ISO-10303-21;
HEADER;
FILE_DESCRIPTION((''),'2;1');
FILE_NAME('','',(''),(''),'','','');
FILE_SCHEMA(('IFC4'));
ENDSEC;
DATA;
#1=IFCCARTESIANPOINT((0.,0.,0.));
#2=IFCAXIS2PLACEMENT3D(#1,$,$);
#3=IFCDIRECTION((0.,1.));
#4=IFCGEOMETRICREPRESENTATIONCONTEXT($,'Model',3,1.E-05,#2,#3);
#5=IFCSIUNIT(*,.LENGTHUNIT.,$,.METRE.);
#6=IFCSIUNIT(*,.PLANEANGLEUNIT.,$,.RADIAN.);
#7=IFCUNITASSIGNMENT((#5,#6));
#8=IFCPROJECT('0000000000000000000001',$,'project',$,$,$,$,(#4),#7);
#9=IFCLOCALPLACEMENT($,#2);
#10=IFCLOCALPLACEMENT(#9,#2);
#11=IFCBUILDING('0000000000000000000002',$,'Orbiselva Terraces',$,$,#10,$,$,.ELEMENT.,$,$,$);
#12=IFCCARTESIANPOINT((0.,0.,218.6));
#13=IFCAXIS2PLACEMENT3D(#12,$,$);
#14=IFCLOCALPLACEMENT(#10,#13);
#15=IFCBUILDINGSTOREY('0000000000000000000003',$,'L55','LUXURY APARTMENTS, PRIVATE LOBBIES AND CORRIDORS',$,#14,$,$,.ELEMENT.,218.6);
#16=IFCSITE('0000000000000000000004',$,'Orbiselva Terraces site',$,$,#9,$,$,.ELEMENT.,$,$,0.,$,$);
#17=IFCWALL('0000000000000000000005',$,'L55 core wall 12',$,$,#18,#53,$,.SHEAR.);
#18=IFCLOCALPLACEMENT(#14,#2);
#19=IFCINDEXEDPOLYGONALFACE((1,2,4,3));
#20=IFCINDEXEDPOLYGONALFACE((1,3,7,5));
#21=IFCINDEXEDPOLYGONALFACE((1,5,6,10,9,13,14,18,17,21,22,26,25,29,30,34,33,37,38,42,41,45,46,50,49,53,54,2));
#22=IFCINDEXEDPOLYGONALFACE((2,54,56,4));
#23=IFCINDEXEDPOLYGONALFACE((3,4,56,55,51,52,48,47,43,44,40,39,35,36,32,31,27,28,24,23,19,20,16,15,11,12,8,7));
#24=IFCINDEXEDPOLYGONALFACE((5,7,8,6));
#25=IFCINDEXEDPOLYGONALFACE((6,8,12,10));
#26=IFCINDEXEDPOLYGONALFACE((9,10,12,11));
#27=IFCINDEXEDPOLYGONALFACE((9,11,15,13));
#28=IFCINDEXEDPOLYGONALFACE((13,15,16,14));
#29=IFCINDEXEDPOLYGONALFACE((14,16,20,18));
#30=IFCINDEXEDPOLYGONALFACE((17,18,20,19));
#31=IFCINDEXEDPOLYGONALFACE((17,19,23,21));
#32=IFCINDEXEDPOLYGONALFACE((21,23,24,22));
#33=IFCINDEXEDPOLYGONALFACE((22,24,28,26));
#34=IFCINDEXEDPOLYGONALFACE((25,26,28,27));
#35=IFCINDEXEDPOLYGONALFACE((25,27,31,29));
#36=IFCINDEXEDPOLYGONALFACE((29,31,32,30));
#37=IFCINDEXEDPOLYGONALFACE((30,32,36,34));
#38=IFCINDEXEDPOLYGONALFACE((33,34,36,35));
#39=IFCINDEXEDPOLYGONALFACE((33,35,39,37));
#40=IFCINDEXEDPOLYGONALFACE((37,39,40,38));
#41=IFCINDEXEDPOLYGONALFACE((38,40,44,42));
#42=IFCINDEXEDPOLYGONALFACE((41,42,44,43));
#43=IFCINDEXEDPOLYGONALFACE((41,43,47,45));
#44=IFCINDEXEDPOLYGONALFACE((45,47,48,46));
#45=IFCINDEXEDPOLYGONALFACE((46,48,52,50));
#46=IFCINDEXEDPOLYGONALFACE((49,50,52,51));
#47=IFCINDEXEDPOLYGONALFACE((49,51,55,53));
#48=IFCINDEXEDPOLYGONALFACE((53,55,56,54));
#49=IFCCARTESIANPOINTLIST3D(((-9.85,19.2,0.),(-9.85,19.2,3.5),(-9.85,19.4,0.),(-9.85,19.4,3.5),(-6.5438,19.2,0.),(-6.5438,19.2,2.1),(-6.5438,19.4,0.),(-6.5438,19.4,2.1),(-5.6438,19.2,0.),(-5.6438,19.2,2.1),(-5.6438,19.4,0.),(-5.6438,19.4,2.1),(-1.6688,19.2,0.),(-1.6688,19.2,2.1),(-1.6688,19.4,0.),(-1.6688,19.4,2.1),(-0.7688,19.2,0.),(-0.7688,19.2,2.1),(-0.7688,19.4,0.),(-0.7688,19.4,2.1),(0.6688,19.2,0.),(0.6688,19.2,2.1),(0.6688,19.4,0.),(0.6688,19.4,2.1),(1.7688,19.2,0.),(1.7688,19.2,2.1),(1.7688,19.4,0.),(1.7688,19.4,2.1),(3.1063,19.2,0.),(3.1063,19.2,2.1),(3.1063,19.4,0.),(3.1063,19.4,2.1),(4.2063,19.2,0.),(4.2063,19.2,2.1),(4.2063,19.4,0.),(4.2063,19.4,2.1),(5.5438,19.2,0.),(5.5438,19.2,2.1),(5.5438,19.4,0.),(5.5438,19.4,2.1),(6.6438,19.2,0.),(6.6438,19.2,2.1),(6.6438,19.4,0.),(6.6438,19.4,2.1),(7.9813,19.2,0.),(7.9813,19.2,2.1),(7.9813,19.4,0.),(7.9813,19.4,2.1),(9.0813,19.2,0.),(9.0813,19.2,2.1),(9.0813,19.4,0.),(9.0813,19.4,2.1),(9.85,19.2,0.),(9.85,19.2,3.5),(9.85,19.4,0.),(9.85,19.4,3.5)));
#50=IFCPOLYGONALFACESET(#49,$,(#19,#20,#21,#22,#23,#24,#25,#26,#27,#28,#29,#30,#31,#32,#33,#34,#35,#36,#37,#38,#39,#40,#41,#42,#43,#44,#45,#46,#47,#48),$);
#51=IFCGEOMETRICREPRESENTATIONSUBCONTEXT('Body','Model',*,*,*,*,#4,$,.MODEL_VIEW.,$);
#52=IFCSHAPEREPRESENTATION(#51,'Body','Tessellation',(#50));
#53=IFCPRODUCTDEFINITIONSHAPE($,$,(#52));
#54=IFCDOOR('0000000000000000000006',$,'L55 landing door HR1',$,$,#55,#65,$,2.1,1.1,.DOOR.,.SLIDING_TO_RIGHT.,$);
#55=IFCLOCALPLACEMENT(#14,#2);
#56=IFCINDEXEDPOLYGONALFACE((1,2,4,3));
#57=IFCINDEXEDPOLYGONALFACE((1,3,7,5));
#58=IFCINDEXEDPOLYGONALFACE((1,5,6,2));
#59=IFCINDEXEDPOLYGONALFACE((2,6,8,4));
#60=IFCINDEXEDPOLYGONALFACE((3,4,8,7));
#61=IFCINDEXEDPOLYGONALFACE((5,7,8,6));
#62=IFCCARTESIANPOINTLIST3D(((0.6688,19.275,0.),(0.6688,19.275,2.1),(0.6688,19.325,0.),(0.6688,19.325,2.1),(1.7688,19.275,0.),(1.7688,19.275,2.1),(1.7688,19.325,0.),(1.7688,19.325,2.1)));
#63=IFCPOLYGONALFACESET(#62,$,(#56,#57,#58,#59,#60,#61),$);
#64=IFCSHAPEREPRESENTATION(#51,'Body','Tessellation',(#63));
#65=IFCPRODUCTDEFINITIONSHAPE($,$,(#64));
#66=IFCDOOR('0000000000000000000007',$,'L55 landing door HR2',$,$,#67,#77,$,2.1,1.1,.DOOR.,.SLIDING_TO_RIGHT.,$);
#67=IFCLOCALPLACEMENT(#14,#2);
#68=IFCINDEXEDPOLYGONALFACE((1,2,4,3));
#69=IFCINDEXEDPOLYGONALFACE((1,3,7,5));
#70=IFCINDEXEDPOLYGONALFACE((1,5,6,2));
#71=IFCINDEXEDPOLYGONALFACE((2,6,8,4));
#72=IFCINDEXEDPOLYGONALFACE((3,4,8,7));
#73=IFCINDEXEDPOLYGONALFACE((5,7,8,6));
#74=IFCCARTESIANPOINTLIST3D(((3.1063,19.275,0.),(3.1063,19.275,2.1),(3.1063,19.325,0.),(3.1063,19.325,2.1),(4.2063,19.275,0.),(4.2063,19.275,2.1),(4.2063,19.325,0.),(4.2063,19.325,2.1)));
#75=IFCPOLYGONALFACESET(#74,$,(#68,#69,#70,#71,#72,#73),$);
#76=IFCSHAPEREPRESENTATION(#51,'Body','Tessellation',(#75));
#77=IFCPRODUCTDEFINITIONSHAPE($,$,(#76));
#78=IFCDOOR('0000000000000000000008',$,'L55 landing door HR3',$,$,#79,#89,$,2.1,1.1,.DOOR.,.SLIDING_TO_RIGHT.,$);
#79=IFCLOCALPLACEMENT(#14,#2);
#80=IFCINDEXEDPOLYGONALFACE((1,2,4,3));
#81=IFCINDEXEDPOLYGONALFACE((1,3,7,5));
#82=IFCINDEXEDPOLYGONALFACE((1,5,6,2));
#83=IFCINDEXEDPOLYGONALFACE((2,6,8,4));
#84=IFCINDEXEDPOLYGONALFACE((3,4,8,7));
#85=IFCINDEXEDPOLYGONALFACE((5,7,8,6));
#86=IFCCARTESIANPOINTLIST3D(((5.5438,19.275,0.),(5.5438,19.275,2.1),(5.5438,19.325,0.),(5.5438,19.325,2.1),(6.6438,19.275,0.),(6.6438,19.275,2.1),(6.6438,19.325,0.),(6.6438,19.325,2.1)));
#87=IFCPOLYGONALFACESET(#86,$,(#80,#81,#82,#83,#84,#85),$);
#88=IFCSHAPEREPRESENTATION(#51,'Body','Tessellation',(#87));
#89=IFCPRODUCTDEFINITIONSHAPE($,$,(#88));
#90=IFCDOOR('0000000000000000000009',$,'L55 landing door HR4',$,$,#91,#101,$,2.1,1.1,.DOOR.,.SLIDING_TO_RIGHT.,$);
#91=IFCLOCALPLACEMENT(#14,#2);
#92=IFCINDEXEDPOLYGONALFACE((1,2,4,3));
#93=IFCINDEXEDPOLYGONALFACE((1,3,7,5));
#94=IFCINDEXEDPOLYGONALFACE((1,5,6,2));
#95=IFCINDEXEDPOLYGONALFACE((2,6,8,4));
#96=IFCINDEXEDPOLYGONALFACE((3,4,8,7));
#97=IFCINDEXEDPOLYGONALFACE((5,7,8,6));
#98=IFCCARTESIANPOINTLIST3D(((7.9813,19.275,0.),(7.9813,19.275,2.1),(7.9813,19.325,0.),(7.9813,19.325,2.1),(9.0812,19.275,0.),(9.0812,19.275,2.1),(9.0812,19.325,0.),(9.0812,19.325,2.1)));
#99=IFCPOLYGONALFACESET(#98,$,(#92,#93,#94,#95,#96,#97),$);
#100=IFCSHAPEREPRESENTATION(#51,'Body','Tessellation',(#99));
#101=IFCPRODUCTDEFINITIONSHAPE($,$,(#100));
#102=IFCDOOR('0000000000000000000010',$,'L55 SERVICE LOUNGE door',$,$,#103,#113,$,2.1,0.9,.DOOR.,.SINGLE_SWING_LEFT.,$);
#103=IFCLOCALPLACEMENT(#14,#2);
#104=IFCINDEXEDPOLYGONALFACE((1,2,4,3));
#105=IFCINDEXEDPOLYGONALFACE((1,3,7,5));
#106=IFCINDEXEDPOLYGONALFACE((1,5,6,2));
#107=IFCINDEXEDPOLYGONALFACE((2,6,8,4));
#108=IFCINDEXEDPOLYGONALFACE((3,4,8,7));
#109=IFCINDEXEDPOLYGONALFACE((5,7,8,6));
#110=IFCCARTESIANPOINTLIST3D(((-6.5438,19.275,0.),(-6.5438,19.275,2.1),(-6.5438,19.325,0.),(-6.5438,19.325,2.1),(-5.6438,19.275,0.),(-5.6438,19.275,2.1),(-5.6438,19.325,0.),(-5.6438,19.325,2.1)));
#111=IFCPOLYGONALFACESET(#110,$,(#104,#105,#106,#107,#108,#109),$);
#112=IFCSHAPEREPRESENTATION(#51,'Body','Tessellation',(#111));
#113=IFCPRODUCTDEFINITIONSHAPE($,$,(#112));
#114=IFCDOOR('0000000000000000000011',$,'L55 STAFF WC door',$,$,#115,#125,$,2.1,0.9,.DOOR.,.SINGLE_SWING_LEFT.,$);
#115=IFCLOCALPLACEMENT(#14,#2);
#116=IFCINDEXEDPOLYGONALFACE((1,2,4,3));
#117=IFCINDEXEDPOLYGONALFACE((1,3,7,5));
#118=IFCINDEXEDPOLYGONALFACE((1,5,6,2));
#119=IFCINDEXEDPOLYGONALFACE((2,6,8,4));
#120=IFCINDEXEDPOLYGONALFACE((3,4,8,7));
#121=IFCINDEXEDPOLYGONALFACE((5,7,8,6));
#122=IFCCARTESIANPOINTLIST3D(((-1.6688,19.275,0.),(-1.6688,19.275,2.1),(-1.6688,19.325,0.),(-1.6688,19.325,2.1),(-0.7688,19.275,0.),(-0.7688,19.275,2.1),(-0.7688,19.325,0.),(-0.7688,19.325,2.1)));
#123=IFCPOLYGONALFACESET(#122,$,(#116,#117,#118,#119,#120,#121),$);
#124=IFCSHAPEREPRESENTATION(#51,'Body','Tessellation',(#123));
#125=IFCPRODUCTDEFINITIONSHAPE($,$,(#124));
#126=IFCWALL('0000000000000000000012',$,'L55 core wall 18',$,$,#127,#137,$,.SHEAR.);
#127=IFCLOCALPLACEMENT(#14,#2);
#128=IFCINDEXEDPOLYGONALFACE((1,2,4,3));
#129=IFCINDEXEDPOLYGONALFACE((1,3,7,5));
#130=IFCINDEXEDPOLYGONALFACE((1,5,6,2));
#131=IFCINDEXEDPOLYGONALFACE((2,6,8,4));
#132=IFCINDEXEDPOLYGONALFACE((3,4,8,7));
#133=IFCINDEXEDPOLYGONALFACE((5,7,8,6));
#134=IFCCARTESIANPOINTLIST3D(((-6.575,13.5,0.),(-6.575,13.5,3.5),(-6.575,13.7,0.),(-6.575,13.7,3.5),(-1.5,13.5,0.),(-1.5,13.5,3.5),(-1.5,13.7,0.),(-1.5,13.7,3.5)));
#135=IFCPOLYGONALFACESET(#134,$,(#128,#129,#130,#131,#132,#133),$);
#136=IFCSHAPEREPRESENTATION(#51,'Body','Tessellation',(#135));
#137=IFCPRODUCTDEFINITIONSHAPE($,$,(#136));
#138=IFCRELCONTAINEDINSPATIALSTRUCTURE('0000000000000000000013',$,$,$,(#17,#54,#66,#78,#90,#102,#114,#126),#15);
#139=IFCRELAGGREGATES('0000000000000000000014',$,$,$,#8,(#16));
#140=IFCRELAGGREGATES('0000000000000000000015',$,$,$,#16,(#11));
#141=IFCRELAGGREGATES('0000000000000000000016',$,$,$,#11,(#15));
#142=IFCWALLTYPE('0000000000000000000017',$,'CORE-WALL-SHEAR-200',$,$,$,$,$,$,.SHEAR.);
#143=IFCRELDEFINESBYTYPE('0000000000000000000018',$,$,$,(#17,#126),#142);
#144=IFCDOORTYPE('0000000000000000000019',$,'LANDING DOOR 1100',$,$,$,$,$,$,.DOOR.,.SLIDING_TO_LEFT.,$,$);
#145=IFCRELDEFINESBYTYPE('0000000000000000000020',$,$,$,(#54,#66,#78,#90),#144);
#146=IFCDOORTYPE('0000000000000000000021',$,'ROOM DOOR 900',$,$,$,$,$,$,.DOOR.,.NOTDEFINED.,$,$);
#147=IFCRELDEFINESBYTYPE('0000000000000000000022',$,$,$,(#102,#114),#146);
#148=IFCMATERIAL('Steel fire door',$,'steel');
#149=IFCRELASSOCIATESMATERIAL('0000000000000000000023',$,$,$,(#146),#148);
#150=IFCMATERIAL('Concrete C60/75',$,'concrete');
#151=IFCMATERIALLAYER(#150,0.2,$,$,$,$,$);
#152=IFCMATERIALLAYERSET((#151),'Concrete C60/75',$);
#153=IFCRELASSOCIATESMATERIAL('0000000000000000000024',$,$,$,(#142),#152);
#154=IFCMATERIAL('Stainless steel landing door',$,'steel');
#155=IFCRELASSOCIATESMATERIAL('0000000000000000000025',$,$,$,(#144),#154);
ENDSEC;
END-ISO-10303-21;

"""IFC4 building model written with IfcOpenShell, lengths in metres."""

from ifc_helpers import new_model, si_unit, direction, frame, frame_2d, origin, place, context, subcontext, project, spatial, rectangle, extrude, material, layer, layer_set, type_object, element, fill, save


model = new_model("IFC4")

# Units and contexts
model_context = context("Model", 3, precision=1e-05, world=origin(), true_north=direction((0.0, 1.0)))
body_context = subcontext(model_context, "Body", "Model", "MODEL_VIEW")
ifc_project = project(units=[si_unit("LENGTHUNIT", "METRE"), si_unit("PLANEANGLEUNIT", "RADIAN")], contexts=[model_context])

# Site, building, storey
site_placement = place(None, origin())
site = spatial("IfcSite", under=ifc_project, at=site_placement, Name="Orbiselva Terraces site", CompositionType="ELEMENT", RefElevation=0.0)
building_placement = place(site_placement, origin())
building = spatial("IfcBuilding", under=site, at=building_placement, Name="Orbiselva Terraces", CompositionType="ELEMENT")
storey_placement = place(building_placement, frame((0.0, 0.0, 218.6)))
storey = spatial("IfcBuildingStorey", under=building, at=storey_placement, Name="L55", Description="LUXURY APARTMENTS, PRIVATE LOBBIES AND CORRIDORS", CompositionType="ELEMENT", Elevation=218.6)

# Shared definitions
ifc_material_1 = material(Name="Steel fire door", Category="steel")
door_type_1 = type_object("IfcDoorType", Name="ROOM DOOR 900", OperationType="NOTDEFINED", PredefinedType="DOOR", material=ifc_material_1)

# Shared definitions
ifc_material_2 = material(Name="Concrete C60/75", Category="concrete")
ifc_layer_1 = layer(ifc_material_2, 0.2)
ifc_layer_set_1 = layer_set([ifc_layer_1], Name="Concrete C60/75")
wall_type_1 = type_object("IfcWallType", Name="CORE-WALL-SHEAR-200", PredefinedType="SHEAR", material=ifc_layer_set_1)

# Wall, openings, doors
wall_1_placement = place(storey_placement, frame((-9.85, 19.3, 0.0), z_axis=(0.0, 0.0, 1.0), x_axis=(1.0, 0.0, 0.0)))
wall_1 = element("IfcWall", 1, at=wall_1_placement, inside=storey, type_object=wall_type_1, Name="L55 core wall 12", PredefinedType="SHEAR", context=body_context, shape_type="SweptSolid", body=[
    extrude(rectangle(XDim=19.7, YDim=0.2, at=frame_2d((9.85, 0.0))), origin(), (0.0, 0.0, 1.0), 3.5),
])
opening_1_placement = place(wall_1_placement, frame((10.5188, 0.0, 0.0)))
opening_1 = element("IfcOpeningElement", 2, at=opening_1_placement, cuts=wall_1, PredefinedType="OPENING", context=body_context, shape_type="SweptSolid", body=[
    extrude(rectangle(XDim=1.1, YDim=2.1, at=frame_2d((0.55, 1.05))), frame((0.0, 0.11, 0.0), z_axis=(0.0, -1.0, 0.0), x_axis=(1.0, 0.0, 0.0)), (0.0, 0.0, 1.0), 0.22),
])
opening_2_placement = place(wall_1_placement, frame((12.9563, 0.0, 0.0)))
opening_2 = element("IfcOpeningElement", 3, at=opening_2_placement, cuts=wall_1, PredefinedType="OPENING", context=body_context, shape_type="SweptSolid", body=[
    extrude(rectangle(XDim=1.1, YDim=2.1, at=frame_2d((0.55, 1.05))), frame((0.0, 0.11, 0.0), z_axis=(0.0, -1.0, 0.0), x_axis=(1.0, 0.0, 0.0)), (0.0, 0.0, 1.0), 0.22),
])
opening_3_placement = place(wall_1_placement, frame((15.3938, 0.0, 0.0)))
opening_3 = element("IfcOpeningElement", 4, at=opening_3_placement, cuts=wall_1, PredefinedType="OPENING", context=body_context, shape_type="SweptSolid", body=[
    extrude(rectangle(XDim=1.1, YDim=2.1, at=frame_2d((0.55, 1.05))), frame((0.0, 0.11, 0.0), z_axis=(0.0, -1.0, 0.0), x_axis=(1.0, 0.0, 0.0)), (0.0, 0.0, 1.0), 0.22),
])
opening_4_placement = place(wall_1_placement, frame((17.8313, 0.0, 0.0)))
opening_4 = element("IfcOpeningElement", 5, at=opening_4_placement, cuts=wall_1, PredefinedType="OPENING", context=body_context, shape_type="SweptSolid", body=[
    extrude(rectangle(XDim=1.1, YDim=2.1, at=frame_2d((0.55, 1.05))), frame((0.0, 0.11, 0.0), z_axis=(0.0, -1.0, 0.0), x_axis=(1.0, 0.0, 0.0)), (0.0, 0.0, 1.0), 0.22),
])
opening_5_placement = place(wall_1_placement, frame((3.3062, 0.0, 0.0)))
opening_5 = element("IfcOpeningElement", 6, at=opening_5_placement, cuts=wall_1, PredefinedType="OPENING", context=body_context, shape_type="SweptSolid", body=[
    extrude(rectangle(XDim=0.9, YDim=2.1, at=frame_2d((0.45, 1.05))), frame((0.0, 0.11, 0.0), z_axis=(0.0, -1.0, 0.0), x_axis=(1.0, 0.0, 0.0)), (0.0, 0.0, 1.0), 0.22),
])
opening_6_placement = place(wall_1_placement, frame((8.1812, 0.0, 0.0)))
opening_6 = element("IfcOpeningElement", 7, at=opening_6_placement, cuts=wall_1, PredefinedType="OPENING", context=body_context, shape_type="SweptSolid", body=[
    extrude(rectangle(XDim=0.9, YDim=2.1, at=frame_2d((0.45, 1.05))), frame((0.0, 0.11, 0.0), z_axis=(0.0, -1.0, 0.0), x_axis=(1.0, 0.0, 0.0)), (0.0, 0.0, 1.0), 0.22),
])
ifc_material_3 = material(Name="Stainless steel landing door", Category="steel")
door_type_2 = type_object("IfcDoorType", Name="LANDING DOOR 1100", OperationType="SLIDING_TO_LEFT", PredefinedType="DOOR", material=ifc_material_3)
door_1_placement = place(opening_1_placement, origin())
door_1 = element("IfcDoor", 8, at=door_1_placement, inside=storey, type_object=door_type_2, Name="L55 landing door HR1", OperationType="SLIDING_TO_RIGHT", OverallHeight=2.1, OverallWidth=1.1, PredefinedType="DOOR", context=body_context, shape_type="SweptSolid", body=[
    extrude(rectangle(XDim=1.1, YDim=2.1, at=frame_2d((0.55, 1.05))), frame((0.0, 0.025, 0.0), z_axis=(0.0, -1.0, 0.0), x_axis=(1.0, 0.0, 0.0)), (0.0, 0.0, 1.0), 0.05),
])
fill(opening_1, door_1)
door_2_placement = place(opening_2_placement, origin())
door_2 = element("IfcDoor", 9, at=door_2_placement, inside=storey, type_object=door_type_2, Name="L55 landing door HR2", OperationType="SLIDING_TO_RIGHT", OverallHeight=2.1, OverallWidth=1.1, PredefinedType="DOOR", context=body_context, shape_type="SweptSolid", body=[
    extrude(rectangle(XDim=1.1, YDim=2.1, at=frame_2d((0.55, 1.05))), frame((0.0, 0.025, 0.0), z_axis=(0.0, -1.0, 0.0), x_axis=(1.0, 0.0, 0.0)), (0.0, 0.0, 1.0), 0.05),
])
fill(opening_2, door_2)
door_3_placement = place(opening_3_placement, origin())
door_3 = element("IfcDoor", 10, at=door_3_placement, inside=storey, type_object=door_type_2, Name="L55 landing door HR3", OperationType="SLIDING_TO_RIGHT", OverallHeight=2.1, OverallWidth=1.1, PredefinedType="DOOR", context=body_context, shape_type="SweptSolid", body=[
    extrude(rectangle(XDim=1.1, YDim=2.1, at=frame_2d((0.55, 1.05))), frame((0.0, 0.025, 0.0), z_axis=(0.0, -1.0, 0.0), x_axis=(1.0, 0.0, 0.0)), (0.0, 0.0, 1.0), 0.05),
])
fill(opening_3, door_3)
door_4_placement = place(opening_4_placement, origin())
door_4 = element("IfcDoor", 11, at=door_4_placement, inside=storey, type_object=door_type_2, Name="L55 landing door HR4", OperationType="SLIDING_TO_RIGHT", OverallHeight=2.1, OverallWidth=1.1, PredefinedType="DOOR", context=body_context, shape_type="SweptSolid", body=[
    extrude(rectangle(XDim=1.1, YDim=2.1, at=frame_2d((0.55, 1.05))), frame((0.0, 0.025, 0.0), z_axis=(0.0, -1.0, 0.0), x_axis=(1.0, 0.0, 0.0)), (0.0, 0.0, 1.0), 0.05),
])
fill(opening_4, door_4)
door_5_placement = place(opening_5_placement, origin())
door_5 = element("IfcDoor", 12, at=door_5_placement, inside=storey, type_object=door_type_1, Name="L55 SERVICE LOUNGE door", OperationType="SINGLE_SWING_LEFT", OverallHeight=2.1, OverallWidth=0.9, PredefinedType="DOOR", context=body_context, shape_type="SweptSolid", body=[
    extrude(rectangle(XDim=0.9, YDim=2.1, at=frame_2d((0.45, 1.05))), frame((0.0, 0.025, 0.0), z_axis=(0.0, -1.0, 0.0), x_axis=(1.0, 0.0, 0.0)), (0.0, 0.0, 1.0), 0.05),
])
fill(opening_5, door_5)
door_6_placement = place(opening_6_placement, origin())
door_6 = element("IfcDoor", 13, at=door_6_placement, inside=storey, type_object=door_type_1, Name="L55 STAFF WC door", OperationType="SINGLE_SWING_LEFT", OverallHeight=2.1, OverallWidth=0.9, PredefinedType="DOOR", context=body_context, shape_type="SweptSolid", body=[
    extrude(rectangle(XDim=0.9, YDim=2.1, at=frame_2d((0.45, 1.05))), frame((0.0, 0.025, 0.0), z_axis=(0.0, -1.0, 0.0), x_axis=(1.0, 0.0, 0.0)), (0.0, 0.0, 1.0), 0.05),
])
fill(opening_6, door_6)

# Wall
wall_2_placement = place(storey_placement, frame((-6.575, 13.6, 0.0), z_axis=(0.0, 0.0, 1.0), x_axis=(1.0, 0.0, 0.0)))
element("IfcWall", 14, at=wall_2_placement, inside=storey, type_object=wall_type_1, Name="L55 core wall 18", PredefinedType="SHEAR", context=body_context, shape_type="SweptSolid", body=[
    extrude(rectangle(XDim=5.075, YDim=0.2, at=frame_2d((2.5375, 0.0))), origin(), (0.0, 0.0, 1.0), 3.5),
])

save(model, "model.ifc")
